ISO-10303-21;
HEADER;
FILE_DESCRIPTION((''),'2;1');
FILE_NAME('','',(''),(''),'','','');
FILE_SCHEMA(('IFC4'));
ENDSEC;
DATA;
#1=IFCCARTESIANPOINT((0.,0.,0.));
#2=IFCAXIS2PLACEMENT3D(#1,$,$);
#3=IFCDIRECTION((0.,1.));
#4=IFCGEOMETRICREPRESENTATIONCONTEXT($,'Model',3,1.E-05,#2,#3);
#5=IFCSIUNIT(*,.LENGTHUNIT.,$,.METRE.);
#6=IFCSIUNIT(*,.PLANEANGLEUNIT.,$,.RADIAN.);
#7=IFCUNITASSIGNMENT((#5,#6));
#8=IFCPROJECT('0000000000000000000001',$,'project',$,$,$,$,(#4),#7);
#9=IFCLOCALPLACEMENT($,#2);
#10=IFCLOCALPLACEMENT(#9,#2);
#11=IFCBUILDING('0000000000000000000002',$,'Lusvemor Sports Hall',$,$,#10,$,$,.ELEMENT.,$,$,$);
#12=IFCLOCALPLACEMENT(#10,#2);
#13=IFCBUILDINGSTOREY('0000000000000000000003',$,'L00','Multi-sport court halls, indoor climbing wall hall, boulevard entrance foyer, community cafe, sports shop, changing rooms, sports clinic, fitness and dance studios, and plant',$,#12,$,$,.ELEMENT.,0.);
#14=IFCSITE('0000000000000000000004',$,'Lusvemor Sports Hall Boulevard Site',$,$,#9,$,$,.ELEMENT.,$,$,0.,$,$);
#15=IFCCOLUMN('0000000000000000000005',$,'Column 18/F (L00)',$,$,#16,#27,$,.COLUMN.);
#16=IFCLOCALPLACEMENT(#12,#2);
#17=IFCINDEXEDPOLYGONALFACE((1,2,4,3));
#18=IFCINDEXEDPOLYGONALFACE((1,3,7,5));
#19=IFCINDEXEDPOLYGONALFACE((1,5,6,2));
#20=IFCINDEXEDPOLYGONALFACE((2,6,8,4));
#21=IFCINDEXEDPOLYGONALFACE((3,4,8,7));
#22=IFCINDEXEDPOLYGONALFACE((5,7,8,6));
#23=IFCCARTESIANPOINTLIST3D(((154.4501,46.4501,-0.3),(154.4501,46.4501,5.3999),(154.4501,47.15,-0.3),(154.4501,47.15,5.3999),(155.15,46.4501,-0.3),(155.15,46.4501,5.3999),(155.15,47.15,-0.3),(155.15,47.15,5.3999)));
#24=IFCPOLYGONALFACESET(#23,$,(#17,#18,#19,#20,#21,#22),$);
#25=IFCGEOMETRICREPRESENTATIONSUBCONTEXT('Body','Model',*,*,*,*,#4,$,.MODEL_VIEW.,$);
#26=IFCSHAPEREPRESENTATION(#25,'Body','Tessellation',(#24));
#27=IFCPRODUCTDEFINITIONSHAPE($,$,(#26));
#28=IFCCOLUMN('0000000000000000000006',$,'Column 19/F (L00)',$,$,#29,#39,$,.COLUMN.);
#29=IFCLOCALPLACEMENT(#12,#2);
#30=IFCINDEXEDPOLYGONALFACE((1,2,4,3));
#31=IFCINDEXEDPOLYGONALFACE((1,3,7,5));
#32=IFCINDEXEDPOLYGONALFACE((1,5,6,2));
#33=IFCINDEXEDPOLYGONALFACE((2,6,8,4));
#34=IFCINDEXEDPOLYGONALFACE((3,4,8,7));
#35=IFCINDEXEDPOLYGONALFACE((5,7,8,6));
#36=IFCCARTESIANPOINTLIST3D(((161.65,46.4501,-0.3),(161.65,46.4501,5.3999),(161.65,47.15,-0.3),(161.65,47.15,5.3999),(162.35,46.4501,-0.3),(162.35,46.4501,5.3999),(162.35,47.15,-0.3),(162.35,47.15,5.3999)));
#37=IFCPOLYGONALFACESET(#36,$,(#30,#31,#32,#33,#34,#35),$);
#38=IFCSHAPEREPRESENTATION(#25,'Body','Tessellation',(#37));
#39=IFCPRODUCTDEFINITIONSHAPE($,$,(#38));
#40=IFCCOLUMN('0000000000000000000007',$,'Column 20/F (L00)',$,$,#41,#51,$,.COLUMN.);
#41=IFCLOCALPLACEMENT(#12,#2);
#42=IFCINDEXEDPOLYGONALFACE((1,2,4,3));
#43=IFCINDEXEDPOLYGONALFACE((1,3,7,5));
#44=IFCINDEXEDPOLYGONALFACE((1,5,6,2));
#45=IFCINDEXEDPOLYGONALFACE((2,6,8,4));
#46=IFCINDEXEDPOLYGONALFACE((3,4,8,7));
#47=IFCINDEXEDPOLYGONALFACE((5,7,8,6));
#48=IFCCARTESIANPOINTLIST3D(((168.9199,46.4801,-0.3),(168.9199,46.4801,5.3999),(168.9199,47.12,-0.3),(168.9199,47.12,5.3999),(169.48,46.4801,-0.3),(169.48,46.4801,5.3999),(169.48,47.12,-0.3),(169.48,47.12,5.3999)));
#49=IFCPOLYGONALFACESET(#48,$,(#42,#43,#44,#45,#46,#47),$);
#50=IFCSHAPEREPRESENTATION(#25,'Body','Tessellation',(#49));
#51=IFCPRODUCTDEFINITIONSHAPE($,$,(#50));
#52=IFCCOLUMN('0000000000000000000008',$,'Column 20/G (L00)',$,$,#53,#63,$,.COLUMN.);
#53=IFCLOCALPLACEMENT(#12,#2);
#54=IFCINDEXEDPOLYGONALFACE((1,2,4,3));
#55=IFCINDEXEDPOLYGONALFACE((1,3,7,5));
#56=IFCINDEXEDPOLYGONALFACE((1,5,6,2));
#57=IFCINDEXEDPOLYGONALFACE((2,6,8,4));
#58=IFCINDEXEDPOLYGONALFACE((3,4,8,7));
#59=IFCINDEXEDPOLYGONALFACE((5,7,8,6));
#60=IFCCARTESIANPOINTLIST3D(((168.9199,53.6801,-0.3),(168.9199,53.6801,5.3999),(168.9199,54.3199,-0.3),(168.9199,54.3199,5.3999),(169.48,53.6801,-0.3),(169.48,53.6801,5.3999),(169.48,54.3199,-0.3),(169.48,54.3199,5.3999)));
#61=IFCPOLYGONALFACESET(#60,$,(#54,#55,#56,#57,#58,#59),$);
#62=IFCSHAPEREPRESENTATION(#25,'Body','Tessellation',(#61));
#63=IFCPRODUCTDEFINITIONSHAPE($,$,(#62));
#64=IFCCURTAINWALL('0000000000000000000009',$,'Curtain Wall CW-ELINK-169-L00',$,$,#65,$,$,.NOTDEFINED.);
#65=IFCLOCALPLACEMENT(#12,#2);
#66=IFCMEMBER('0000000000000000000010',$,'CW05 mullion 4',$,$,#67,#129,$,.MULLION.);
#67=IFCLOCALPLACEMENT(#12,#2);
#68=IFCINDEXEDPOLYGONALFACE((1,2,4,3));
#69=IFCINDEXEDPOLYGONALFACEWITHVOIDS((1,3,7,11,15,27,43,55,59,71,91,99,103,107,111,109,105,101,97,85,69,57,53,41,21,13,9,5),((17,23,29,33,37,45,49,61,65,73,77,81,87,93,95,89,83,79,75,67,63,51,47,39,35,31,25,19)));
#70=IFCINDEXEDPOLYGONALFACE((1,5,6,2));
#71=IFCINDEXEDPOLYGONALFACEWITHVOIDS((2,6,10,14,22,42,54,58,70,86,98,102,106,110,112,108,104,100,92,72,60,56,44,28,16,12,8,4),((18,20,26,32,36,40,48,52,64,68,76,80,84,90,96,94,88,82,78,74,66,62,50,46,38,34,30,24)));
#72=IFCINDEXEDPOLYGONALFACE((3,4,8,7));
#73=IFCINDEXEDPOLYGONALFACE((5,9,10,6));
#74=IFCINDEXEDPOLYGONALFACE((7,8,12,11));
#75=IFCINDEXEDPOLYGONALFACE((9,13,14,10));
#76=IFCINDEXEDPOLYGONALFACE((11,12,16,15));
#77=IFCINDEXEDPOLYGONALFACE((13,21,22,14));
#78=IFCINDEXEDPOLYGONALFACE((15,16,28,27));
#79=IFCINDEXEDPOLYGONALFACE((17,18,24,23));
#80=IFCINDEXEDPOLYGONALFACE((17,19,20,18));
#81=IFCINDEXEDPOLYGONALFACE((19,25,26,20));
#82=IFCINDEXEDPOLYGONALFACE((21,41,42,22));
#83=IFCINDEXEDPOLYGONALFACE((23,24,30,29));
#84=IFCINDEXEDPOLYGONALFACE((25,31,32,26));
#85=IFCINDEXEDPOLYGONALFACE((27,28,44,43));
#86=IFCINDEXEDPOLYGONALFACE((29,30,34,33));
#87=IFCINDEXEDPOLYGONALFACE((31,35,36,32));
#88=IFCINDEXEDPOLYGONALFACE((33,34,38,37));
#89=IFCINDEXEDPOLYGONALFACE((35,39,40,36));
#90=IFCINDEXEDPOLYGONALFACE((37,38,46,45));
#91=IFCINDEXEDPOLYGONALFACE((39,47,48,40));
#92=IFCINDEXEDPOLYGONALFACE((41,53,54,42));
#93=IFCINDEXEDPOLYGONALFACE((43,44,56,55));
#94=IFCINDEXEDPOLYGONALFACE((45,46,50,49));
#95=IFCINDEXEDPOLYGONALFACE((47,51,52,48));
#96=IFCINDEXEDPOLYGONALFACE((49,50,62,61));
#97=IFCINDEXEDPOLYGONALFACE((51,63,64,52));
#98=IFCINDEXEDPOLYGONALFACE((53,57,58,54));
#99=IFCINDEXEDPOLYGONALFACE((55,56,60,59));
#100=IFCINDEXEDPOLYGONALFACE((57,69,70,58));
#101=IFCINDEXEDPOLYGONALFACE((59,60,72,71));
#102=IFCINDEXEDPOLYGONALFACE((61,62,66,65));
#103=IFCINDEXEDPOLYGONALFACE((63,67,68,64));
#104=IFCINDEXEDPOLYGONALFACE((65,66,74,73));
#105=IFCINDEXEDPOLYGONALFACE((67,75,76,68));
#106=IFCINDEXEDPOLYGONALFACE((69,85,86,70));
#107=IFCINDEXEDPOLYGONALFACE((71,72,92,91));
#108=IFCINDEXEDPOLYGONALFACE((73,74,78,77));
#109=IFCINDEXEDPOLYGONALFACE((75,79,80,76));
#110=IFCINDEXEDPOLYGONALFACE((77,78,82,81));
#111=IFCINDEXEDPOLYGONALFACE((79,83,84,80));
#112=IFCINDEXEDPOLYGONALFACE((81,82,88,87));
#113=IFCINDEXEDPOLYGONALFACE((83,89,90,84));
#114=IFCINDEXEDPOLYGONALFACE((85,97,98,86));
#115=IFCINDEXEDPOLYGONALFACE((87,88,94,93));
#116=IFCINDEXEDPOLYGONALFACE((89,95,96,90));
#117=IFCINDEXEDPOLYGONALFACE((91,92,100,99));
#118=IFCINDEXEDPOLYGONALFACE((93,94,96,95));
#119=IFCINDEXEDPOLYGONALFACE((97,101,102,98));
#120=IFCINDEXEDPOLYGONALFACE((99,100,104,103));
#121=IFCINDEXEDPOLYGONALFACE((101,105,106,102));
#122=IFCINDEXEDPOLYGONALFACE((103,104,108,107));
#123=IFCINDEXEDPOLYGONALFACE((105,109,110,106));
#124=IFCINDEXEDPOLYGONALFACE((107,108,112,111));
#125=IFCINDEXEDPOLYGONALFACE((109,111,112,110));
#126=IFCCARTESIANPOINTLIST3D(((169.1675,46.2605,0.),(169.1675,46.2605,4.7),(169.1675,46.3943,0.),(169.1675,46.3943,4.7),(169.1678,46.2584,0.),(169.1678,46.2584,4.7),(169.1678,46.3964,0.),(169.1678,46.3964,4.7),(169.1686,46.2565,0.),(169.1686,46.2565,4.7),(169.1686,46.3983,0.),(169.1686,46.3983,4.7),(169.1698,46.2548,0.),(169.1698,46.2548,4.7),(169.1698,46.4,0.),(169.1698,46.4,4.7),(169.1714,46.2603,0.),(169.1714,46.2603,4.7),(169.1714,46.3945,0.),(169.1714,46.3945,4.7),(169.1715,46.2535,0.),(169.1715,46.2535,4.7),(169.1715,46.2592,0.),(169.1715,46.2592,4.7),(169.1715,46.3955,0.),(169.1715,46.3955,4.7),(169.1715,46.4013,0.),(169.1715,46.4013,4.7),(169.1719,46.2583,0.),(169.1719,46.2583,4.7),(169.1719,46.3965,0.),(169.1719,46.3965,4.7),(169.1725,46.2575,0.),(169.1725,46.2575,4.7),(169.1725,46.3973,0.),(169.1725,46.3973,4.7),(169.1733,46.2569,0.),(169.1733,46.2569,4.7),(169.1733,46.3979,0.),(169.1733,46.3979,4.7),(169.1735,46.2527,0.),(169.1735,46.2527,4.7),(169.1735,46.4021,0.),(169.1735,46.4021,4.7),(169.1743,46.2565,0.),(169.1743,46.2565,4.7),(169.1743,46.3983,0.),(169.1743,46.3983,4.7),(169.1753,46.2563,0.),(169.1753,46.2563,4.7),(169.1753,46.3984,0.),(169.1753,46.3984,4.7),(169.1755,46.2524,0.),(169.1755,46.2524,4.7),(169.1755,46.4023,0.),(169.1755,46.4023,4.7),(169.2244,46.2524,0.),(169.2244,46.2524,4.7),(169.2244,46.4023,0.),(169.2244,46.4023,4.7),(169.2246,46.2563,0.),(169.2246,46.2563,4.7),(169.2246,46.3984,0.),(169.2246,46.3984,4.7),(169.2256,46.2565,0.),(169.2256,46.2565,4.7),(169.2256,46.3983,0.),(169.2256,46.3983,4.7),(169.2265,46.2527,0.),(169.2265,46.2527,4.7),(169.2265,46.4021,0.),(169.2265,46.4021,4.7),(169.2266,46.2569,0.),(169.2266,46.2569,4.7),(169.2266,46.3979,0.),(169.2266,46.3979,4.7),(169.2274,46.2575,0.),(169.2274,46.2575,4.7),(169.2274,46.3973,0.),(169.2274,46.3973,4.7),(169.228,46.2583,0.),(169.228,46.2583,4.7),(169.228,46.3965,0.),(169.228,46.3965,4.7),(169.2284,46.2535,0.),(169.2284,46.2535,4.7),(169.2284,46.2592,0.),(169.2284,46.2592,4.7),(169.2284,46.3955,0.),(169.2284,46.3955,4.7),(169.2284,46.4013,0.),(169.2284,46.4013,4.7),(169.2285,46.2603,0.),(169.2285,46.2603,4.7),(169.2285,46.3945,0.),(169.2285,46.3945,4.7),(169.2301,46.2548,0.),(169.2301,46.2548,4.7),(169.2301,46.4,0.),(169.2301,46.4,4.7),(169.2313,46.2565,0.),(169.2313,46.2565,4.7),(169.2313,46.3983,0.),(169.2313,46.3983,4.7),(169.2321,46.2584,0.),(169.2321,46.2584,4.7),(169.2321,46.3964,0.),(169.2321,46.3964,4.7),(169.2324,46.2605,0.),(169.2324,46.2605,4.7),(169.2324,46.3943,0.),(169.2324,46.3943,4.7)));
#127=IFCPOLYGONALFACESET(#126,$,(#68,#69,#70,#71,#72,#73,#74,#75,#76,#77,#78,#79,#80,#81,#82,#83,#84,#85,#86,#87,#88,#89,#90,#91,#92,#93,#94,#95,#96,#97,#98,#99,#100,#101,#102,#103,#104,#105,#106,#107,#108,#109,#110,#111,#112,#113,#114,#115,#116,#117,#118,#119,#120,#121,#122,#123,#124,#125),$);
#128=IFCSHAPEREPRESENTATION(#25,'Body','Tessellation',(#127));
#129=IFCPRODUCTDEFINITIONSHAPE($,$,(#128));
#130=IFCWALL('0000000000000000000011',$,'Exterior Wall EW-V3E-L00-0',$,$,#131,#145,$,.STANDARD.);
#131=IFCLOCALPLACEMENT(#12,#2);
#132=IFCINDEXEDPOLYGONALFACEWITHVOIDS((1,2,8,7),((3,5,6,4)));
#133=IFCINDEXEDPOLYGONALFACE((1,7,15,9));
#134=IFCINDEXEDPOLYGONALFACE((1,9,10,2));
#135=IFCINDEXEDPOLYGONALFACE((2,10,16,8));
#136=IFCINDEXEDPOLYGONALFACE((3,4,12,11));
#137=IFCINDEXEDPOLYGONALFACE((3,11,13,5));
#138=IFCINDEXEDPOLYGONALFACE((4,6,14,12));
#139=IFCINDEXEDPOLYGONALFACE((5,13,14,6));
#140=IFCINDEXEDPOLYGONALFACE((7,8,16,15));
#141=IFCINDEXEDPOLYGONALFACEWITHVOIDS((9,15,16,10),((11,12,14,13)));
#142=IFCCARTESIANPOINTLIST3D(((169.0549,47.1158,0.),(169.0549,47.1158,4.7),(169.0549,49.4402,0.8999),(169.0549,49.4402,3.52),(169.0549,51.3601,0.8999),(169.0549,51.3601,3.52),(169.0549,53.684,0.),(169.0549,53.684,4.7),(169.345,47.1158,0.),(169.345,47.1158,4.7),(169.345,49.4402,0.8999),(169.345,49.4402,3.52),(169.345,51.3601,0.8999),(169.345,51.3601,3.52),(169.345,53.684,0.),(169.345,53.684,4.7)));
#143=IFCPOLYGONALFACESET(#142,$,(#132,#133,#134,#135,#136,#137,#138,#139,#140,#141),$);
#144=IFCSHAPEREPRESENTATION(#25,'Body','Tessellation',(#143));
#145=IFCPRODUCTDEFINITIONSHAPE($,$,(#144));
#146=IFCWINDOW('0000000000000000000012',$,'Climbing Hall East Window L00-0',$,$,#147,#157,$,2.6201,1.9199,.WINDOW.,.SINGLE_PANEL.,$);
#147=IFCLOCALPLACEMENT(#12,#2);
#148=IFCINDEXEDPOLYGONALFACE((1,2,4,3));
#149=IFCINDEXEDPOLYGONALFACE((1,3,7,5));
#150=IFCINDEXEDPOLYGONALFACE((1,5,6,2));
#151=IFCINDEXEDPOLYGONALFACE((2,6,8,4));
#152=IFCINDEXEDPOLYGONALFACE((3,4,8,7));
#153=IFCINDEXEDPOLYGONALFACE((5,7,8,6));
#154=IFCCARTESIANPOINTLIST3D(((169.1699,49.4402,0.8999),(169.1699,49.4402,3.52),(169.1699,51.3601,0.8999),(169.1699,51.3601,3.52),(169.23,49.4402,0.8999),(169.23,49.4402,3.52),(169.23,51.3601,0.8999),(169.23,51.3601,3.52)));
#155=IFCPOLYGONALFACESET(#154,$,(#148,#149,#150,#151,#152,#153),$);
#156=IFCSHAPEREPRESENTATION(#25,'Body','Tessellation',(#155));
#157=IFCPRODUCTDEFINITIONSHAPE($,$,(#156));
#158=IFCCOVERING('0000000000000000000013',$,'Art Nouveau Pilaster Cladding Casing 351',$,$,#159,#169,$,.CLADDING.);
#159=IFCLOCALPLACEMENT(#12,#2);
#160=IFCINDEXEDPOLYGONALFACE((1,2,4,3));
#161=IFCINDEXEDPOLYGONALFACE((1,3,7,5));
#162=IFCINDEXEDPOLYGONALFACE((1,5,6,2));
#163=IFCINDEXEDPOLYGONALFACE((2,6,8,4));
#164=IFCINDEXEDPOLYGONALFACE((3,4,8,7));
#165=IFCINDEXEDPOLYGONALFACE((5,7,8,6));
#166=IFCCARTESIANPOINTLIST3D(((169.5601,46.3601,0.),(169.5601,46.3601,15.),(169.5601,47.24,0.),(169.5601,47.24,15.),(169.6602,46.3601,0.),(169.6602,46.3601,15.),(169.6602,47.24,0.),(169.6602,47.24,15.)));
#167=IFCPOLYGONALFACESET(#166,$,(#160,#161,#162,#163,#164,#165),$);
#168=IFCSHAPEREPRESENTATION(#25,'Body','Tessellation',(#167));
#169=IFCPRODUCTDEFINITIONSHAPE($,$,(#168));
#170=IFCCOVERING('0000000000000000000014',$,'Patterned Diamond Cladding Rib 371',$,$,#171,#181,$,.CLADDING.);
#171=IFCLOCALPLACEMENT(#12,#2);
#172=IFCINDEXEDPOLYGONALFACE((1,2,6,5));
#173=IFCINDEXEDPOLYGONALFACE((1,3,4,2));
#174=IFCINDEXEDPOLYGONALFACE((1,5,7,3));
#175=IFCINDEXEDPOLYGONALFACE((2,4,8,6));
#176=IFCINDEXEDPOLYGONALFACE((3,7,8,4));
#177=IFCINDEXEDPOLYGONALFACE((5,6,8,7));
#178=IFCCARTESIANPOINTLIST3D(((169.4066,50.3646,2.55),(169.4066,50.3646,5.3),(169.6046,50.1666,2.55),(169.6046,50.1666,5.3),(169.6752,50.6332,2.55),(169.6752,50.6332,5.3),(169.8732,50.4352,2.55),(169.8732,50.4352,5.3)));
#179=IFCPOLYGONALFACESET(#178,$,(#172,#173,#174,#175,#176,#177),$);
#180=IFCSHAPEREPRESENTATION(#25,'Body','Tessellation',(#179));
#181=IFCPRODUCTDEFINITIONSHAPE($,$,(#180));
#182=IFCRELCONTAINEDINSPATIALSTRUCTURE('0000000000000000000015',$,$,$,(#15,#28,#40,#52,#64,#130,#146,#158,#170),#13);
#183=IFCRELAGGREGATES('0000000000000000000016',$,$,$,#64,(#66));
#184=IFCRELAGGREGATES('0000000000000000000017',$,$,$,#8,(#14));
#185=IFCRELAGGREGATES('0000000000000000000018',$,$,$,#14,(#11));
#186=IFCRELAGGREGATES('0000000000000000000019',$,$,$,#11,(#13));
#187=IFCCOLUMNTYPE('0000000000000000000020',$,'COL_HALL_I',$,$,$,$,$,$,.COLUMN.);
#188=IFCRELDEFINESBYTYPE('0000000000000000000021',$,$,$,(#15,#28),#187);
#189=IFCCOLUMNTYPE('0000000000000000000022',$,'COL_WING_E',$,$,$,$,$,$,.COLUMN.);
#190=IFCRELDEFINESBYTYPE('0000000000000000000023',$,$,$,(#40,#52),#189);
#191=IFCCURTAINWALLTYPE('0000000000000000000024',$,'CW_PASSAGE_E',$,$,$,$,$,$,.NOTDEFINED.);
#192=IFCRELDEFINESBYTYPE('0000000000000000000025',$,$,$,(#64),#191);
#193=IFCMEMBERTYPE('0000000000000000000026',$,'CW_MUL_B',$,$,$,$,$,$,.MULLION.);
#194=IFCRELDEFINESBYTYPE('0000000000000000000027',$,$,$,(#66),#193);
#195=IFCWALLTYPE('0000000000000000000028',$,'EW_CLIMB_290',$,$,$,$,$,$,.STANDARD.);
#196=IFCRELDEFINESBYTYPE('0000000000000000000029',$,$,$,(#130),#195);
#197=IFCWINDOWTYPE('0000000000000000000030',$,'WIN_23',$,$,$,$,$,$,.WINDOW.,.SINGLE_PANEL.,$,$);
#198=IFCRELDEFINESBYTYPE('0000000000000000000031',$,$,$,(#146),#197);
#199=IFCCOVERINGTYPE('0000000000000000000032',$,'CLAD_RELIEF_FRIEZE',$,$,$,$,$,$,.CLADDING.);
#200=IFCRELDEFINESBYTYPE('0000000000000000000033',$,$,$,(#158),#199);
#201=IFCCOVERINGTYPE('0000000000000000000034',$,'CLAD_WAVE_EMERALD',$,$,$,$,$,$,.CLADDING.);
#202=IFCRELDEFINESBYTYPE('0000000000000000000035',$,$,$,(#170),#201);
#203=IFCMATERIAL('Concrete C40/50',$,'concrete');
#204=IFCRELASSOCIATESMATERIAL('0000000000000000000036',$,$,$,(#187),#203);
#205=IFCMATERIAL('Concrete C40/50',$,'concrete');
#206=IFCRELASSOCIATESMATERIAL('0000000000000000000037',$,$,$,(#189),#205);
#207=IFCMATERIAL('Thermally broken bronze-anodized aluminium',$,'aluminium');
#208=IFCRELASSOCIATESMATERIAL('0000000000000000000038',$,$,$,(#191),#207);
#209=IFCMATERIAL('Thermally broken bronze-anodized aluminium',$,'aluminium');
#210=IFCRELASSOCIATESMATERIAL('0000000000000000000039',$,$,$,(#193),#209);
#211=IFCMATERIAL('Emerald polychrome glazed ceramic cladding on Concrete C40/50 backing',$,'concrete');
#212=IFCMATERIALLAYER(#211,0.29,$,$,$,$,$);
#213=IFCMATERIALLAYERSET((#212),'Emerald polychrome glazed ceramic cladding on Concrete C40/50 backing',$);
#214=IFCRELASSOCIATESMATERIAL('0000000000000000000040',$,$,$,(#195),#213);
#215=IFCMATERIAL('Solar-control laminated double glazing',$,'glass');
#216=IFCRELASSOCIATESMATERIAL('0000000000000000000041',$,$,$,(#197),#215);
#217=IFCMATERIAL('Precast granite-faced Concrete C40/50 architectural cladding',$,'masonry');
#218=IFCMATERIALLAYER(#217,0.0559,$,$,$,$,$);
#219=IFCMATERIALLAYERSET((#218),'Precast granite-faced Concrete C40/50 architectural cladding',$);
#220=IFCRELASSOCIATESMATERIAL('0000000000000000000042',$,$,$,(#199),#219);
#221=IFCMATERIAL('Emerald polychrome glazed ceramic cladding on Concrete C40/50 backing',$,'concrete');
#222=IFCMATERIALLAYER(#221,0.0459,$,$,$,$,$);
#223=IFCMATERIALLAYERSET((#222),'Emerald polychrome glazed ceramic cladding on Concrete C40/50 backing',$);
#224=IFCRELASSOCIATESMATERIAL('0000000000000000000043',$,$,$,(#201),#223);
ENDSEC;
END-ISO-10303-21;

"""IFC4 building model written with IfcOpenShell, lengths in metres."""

from ifc_helpers import new_model, si_unit, direction, frame, frame_2d, origin, origin_2d, place, context, subcontext, project, spatial, rectangle, hollow_rectangle, extrude, material, layer, layer_set, material_profile, profile_set, type_object, element, fill, aggregate, save


model = new_model("IFC4")

# Units and contexts
model_context = context("Model", 3, precision=1e-05, world=origin(), true_north=direction((0.0, 1.0)))
body_context = subcontext(model_context, "Body", "Model", "MODEL_VIEW")
ifc_project = project(units=[si_unit("LENGTHUNIT", "METRE"), si_unit("PLANEANGLEUNIT", "RADIAN")], contexts=[model_context])

# Site, building, storey
site_placement = place(None, origin())
site = spatial("IfcSite", under=ifc_project, at=site_placement, Name="Lusvemor Sports Hall Boulevard Site", CompositionType="ELEMENT", RefElevation=0.0)
building_placement = place(site_placement, origin())
building = spatial("IfcBuilding", under=site, at=building_placement, Name="Lusvemor Sports Hall", CompositionType="ELEMENT")
storey_placement = place(building_placement, origin())
storey = spatial("IfcBuildingStorey", under=building, at=storey_placement, Name="L00", Description="Multi-sport court halls, indoor climbing wall hall, boulevard entrance foyer, community cafe, sports shop, changing rooms, sports clinic, fitness and dance studios, and plant", CompositionType="ELEMENT", Elevation=0.0)

# Columns
ifc_material_1 = material(Name="Concrete C40/50", Category="concrete")
ifc_material_profile_1 = material_profile(ifc_material_1, rectangle(XDim=0.7, YDim=0.7, at=origin_2d()), Name="RC700x700")
ifc_profile_set_1 = profile_set([ifc_material_profile_1], Name="Concrete C40/50")
column_type_1 = type_object("IfcColumnType", Name="COL_HALL_I", PredefinedType="COLUMN", material=ifc_profile_set_1)
for number, where, z_axis, x_axis, name in (
    (1, (154.8, 46.8, -0.3), (0.0, 0.0, 1.0), (1.0, 0.0, 0.0), "Column 18/F (L00)"),
    (2, (162.0, 46.8, -0.3), (0.0, 0.0, 1.0), (1.0, 0.0, 0.0), "Column 19/F (L00)"),
):
    element("IfcColumn", number, at=place(storey_placement, frame(where, z_axis=z_axis, x_axis=x_axis)), inside=storey, type_object=column_type_1, Name=name, PredefinedType="COLUMN", context=body_context, shape_type="SweptSolid", body=[
        extrude(rectangle(XDim=0.7, YDim=0.7, at=origin_2d()), origin(), (0.0, 0.0, 1.0), 5.7),
    ])
ifc_material_2 = material(Name="Concrete C40/50", Category="concrete")
ifc_material_profile_2 = material_profile(ifc_material_2, rectangle(XDim=0.5601, YDim=0.6399, at=origin_2d()), Name="RC560x640")
ifc_profile_set_2 = profile_set([ifc_material_profile_2], Name="Concrete C40/50")
column_type_2 = type_object("IfcColumnType", Name="COL_WING_E", PredefinedType="COLUMN", material=ifc_profile_set_2)
for number, where, z_axis, x_axis, name in (
    (3, (169.2, 46.8, -0.3), (0.0, 0.0, 1.0), (1.0, 0.0, 0.0), "Column 20/F (L00)"),
    (4, (169.2, 54.0, -0.3), (0.0, 0.0, 1.0), (1.0, 0.0, 0.0), "Column 20/G (L00)"),
):
    element("IfcColumn", number, at=place(storey_placement, frame(where, z_axis=z_axis, x_axis=x_axis)), inside=storey, type_object=column_type_2, Name=name, PredefinedType="COLUMN", context=body_context, shape_type="SweptSolid", body=[
        extrude(rectangle(XDim=0.5601, YDim=0.6399, at=origin_2d()), origin(), (0.0, 0.0, 1.0), 5.7),
    ])

# Curtain wall, member
ifc_material_3 = material(Name="Thermally broken bronze-anodized aluminium", Category="aluminium")
curtain_wall_type = type_object("IfcCurtainWallType", Name="CW_PASSAGE_E", PredefinedType="NOTDEFINED", material=ifc_material_3)
curtain_wall_placement = place(storey_placement, origin())
curtain_wall = element("IfcCurtainWall", 5, at=curtain_wall_placement, inside=storey, type_object=curtain_wall_type, Name="Curtain Wall CW-ELINK-169-L00", PredefinedType="NOTDEFINED")
ifc_material_4 = material(Name="Thermally broken bronze-anodized aluminium", Category="aluminium")
ifc_material_profile_3 = material_profile(ifc_material_4, hollow_rectangle(XDim=0.0649, YDim=0.1499, WallThickness=0.0039, InnerFilletRadius=0.0039, OuterFilletRadius=0.0081, at=origin_2d()), Name="CWMUL150x65x4")
ifc_profile_set_3 = profile_set([ifc_material_profile_3], Name="Thermally broken bronze-anodized aluminium")
member_type = type_object("IfcMemberType", Name="CW_MUL_B", PredefinedType="MULLION", material=ifc_profile_set_3)
member_placement = place(storey_placement, frame((169.2, 46.3274, 0.0), z_axis=(0.0, 0.0, 1.0), x_axis=(-1.0, 0.0, 0.0)))
member = element("IfcMember", 6, at=member_placement, type_object=member_type, Name="CW05 mullion 4", PredefinedType="MULLION", context=body_context, shape_type="SweptSolid", body=[
    extrude(hollow_rectangle(XDim=0.0649, YDim=0.1499, WallThickness=0.0039, InnerFilletRadius=0.0039, OuterFilletRadius=0.0081, at=origin_2d()), origin(), (0.0, 0.0, 1.0), 4.7),
])
aggregate(curtain_wall, [member])

# Wall, opening, window
ifc_material_5 = material(Name="Emerald polychrome glazed ceramic cladding on Concrete C40/50 backing", Category="concrete")
ifc_layer_1 = layer(ifc_material_5, 0.29)
ifc_layer_set_1 = layer_set([ifc_layer_1], Name="Emerald polychrome glazed ceramic cladding on Concrete C40/50 backing")
wall_type = type_object("IfcWallType", Name="EW_CLIMB_290", PredefinedType="STANDARD", material=ifc_layer_set_1)
wall_placement = place(storey_placement, frame((169.2, 53.6841, 0.0), z_axis=(0.0, 0.0, 1.0), x_axis=(0.0, -1.0, 0.0)))
wall = element("IfcWall", 7, at=wall_placement, inside=storey, type_object=wall_type, Name="Exterior Wall EW-V3E-L00-0", PredefinedType="STANDARD", context=body_context, shape_type="SweptSolid", body=[
    extrude(rectangle(XDim=6.5681, YDim=0.29, at=frame_2d((3.2842, 0.0))), origin(), (0.0, 0.0, 1.0), 4.7),
])
opening_placement = place(wall_placement, frame((2.324, 0.0, 0.8999)))
opening = element("IfcOpeningElement", 8, at=opening_placement, cuts=wall, PredefinedType="OPENING", context=body_context, shape_type="SweptSolid", body=[
    extrude(rectangle(XDim=1.9199, YDim=2.6201, at=frame_2d((0.96, 1.3101))), frame((0.0, 0.145, 0.0), z_axis=(0.0, -1.0, 0.0), x_axis=(1.0, 0.0, 0.0)), (0.0, 0.0, 1.0), 0.29),
])
ifc_material_6 = material(Name="Solar-control laminated double glazing", Category="glass")
window_type = type_object("IfcWindowType", Name="WIN_23", PartitioningType="SINGLE_PANEL", PredefinedType="WINDOW", material=ifc_material_6)
window_placement = place(opening_placement, origin())
window = element("IfcWindow", 9, at=window_placement, inside=storey, type_object=window_type, Name="Climbing Hall East Window L00-0", OverallHeight=2.6201, OverallWidth=1.9199, PartitioningType="SINGLE_PANEL", PredefinedType="WINDOW", context=body_context, shape_type="SweptSolid", body=[
    extrude(rectangle(XDim=1.9199, YDim=2.6201, at=frame_2d((0.96, 1.3101))), frame((0.0, 0.03, 0.0), z_axis=(0.0, -1.0, 0.0), x_axis=(1.0, 0.0, 0.0)), (0.0, 0.0, 1.0), 0.0601),
])
fill(opening, window)

# Coverings
ifc_material_7 = material(Name="Precast granite-faced Concrete C40/50 architectural cladding", Category="masonry")
ifc_layer_2 = layer(ifc_material_7, 0.0559)
ifc_layer_set_2 = layer_set([ifc_layer_2], Name="Precast granite-faced Concrete C40/50 architectural cladding")
covering_type_1 = type_object("IfcCoveringType", Name="CLAD_RELIEF_FRIEZE", PredefinedType="CLADDING", material=ifc_layer_set_2)
covering_1_placement = place(storey_placement, frame((169.6101, 46.8, 0.0), z_axis=(0.0, 0.0, 1.0), x_axis=(1.0, 0.0, 0.0)))
element("IfcCovering", 10, at=covering_1_placement, inside=storey, type_object=covering_type_1, Name="Art Nouveau Pilaster Cladding Casing 351", PredefinedType="CLADDING", context=body_context, shape_type="SweptSolid", body=[
    extrude(rectangle(XDim=0.1001, YDim=0.8799, at=origin_2d()), origin(), (0.0, 0.0, 1.0), 15.0),
])
ifc_material_8 = material(Name="Emerald polychrome glazed ceramic cladding on Concrete C40/50 backing", Category="concrete")
ifc_layer_3 = layer(ifc_material_8, 0.0459)
ifc_layer_set_3 = layer_set([ifc_layer_3], Name="Emerald polychrome glazed ceramic cladding on Concrete C40/50 backing")
covering_type_2 = type_object("IfcCoveringType", Name="CLAD_WAVE_EMERALD", PredefinedType="CLADDING", material=ifc_layer_set_3)
covering_2_placement = place(storey_placement, frame((169.6399, 50.3999, 2.55), z_axis=(0.0, 0.0, 1.0), x_axis=(0.707107, 0.707107, 0.0)))
element("IfcCovering", 11, at=covering_2_placement, inside=storey, type_object=covering_type_2, Name="Patterned Diamond Cladding Rib 371", PredefinedType="CLADDING", context=body_context, shape_type="SweptSolid", body=[
    extrude(rectangle(XDim=0.3799, YDim=0.28, at=origin_2d()), origin(), (0.0, 0.0, 1.0), 2.75),
])

save(model, "model.ifc")
